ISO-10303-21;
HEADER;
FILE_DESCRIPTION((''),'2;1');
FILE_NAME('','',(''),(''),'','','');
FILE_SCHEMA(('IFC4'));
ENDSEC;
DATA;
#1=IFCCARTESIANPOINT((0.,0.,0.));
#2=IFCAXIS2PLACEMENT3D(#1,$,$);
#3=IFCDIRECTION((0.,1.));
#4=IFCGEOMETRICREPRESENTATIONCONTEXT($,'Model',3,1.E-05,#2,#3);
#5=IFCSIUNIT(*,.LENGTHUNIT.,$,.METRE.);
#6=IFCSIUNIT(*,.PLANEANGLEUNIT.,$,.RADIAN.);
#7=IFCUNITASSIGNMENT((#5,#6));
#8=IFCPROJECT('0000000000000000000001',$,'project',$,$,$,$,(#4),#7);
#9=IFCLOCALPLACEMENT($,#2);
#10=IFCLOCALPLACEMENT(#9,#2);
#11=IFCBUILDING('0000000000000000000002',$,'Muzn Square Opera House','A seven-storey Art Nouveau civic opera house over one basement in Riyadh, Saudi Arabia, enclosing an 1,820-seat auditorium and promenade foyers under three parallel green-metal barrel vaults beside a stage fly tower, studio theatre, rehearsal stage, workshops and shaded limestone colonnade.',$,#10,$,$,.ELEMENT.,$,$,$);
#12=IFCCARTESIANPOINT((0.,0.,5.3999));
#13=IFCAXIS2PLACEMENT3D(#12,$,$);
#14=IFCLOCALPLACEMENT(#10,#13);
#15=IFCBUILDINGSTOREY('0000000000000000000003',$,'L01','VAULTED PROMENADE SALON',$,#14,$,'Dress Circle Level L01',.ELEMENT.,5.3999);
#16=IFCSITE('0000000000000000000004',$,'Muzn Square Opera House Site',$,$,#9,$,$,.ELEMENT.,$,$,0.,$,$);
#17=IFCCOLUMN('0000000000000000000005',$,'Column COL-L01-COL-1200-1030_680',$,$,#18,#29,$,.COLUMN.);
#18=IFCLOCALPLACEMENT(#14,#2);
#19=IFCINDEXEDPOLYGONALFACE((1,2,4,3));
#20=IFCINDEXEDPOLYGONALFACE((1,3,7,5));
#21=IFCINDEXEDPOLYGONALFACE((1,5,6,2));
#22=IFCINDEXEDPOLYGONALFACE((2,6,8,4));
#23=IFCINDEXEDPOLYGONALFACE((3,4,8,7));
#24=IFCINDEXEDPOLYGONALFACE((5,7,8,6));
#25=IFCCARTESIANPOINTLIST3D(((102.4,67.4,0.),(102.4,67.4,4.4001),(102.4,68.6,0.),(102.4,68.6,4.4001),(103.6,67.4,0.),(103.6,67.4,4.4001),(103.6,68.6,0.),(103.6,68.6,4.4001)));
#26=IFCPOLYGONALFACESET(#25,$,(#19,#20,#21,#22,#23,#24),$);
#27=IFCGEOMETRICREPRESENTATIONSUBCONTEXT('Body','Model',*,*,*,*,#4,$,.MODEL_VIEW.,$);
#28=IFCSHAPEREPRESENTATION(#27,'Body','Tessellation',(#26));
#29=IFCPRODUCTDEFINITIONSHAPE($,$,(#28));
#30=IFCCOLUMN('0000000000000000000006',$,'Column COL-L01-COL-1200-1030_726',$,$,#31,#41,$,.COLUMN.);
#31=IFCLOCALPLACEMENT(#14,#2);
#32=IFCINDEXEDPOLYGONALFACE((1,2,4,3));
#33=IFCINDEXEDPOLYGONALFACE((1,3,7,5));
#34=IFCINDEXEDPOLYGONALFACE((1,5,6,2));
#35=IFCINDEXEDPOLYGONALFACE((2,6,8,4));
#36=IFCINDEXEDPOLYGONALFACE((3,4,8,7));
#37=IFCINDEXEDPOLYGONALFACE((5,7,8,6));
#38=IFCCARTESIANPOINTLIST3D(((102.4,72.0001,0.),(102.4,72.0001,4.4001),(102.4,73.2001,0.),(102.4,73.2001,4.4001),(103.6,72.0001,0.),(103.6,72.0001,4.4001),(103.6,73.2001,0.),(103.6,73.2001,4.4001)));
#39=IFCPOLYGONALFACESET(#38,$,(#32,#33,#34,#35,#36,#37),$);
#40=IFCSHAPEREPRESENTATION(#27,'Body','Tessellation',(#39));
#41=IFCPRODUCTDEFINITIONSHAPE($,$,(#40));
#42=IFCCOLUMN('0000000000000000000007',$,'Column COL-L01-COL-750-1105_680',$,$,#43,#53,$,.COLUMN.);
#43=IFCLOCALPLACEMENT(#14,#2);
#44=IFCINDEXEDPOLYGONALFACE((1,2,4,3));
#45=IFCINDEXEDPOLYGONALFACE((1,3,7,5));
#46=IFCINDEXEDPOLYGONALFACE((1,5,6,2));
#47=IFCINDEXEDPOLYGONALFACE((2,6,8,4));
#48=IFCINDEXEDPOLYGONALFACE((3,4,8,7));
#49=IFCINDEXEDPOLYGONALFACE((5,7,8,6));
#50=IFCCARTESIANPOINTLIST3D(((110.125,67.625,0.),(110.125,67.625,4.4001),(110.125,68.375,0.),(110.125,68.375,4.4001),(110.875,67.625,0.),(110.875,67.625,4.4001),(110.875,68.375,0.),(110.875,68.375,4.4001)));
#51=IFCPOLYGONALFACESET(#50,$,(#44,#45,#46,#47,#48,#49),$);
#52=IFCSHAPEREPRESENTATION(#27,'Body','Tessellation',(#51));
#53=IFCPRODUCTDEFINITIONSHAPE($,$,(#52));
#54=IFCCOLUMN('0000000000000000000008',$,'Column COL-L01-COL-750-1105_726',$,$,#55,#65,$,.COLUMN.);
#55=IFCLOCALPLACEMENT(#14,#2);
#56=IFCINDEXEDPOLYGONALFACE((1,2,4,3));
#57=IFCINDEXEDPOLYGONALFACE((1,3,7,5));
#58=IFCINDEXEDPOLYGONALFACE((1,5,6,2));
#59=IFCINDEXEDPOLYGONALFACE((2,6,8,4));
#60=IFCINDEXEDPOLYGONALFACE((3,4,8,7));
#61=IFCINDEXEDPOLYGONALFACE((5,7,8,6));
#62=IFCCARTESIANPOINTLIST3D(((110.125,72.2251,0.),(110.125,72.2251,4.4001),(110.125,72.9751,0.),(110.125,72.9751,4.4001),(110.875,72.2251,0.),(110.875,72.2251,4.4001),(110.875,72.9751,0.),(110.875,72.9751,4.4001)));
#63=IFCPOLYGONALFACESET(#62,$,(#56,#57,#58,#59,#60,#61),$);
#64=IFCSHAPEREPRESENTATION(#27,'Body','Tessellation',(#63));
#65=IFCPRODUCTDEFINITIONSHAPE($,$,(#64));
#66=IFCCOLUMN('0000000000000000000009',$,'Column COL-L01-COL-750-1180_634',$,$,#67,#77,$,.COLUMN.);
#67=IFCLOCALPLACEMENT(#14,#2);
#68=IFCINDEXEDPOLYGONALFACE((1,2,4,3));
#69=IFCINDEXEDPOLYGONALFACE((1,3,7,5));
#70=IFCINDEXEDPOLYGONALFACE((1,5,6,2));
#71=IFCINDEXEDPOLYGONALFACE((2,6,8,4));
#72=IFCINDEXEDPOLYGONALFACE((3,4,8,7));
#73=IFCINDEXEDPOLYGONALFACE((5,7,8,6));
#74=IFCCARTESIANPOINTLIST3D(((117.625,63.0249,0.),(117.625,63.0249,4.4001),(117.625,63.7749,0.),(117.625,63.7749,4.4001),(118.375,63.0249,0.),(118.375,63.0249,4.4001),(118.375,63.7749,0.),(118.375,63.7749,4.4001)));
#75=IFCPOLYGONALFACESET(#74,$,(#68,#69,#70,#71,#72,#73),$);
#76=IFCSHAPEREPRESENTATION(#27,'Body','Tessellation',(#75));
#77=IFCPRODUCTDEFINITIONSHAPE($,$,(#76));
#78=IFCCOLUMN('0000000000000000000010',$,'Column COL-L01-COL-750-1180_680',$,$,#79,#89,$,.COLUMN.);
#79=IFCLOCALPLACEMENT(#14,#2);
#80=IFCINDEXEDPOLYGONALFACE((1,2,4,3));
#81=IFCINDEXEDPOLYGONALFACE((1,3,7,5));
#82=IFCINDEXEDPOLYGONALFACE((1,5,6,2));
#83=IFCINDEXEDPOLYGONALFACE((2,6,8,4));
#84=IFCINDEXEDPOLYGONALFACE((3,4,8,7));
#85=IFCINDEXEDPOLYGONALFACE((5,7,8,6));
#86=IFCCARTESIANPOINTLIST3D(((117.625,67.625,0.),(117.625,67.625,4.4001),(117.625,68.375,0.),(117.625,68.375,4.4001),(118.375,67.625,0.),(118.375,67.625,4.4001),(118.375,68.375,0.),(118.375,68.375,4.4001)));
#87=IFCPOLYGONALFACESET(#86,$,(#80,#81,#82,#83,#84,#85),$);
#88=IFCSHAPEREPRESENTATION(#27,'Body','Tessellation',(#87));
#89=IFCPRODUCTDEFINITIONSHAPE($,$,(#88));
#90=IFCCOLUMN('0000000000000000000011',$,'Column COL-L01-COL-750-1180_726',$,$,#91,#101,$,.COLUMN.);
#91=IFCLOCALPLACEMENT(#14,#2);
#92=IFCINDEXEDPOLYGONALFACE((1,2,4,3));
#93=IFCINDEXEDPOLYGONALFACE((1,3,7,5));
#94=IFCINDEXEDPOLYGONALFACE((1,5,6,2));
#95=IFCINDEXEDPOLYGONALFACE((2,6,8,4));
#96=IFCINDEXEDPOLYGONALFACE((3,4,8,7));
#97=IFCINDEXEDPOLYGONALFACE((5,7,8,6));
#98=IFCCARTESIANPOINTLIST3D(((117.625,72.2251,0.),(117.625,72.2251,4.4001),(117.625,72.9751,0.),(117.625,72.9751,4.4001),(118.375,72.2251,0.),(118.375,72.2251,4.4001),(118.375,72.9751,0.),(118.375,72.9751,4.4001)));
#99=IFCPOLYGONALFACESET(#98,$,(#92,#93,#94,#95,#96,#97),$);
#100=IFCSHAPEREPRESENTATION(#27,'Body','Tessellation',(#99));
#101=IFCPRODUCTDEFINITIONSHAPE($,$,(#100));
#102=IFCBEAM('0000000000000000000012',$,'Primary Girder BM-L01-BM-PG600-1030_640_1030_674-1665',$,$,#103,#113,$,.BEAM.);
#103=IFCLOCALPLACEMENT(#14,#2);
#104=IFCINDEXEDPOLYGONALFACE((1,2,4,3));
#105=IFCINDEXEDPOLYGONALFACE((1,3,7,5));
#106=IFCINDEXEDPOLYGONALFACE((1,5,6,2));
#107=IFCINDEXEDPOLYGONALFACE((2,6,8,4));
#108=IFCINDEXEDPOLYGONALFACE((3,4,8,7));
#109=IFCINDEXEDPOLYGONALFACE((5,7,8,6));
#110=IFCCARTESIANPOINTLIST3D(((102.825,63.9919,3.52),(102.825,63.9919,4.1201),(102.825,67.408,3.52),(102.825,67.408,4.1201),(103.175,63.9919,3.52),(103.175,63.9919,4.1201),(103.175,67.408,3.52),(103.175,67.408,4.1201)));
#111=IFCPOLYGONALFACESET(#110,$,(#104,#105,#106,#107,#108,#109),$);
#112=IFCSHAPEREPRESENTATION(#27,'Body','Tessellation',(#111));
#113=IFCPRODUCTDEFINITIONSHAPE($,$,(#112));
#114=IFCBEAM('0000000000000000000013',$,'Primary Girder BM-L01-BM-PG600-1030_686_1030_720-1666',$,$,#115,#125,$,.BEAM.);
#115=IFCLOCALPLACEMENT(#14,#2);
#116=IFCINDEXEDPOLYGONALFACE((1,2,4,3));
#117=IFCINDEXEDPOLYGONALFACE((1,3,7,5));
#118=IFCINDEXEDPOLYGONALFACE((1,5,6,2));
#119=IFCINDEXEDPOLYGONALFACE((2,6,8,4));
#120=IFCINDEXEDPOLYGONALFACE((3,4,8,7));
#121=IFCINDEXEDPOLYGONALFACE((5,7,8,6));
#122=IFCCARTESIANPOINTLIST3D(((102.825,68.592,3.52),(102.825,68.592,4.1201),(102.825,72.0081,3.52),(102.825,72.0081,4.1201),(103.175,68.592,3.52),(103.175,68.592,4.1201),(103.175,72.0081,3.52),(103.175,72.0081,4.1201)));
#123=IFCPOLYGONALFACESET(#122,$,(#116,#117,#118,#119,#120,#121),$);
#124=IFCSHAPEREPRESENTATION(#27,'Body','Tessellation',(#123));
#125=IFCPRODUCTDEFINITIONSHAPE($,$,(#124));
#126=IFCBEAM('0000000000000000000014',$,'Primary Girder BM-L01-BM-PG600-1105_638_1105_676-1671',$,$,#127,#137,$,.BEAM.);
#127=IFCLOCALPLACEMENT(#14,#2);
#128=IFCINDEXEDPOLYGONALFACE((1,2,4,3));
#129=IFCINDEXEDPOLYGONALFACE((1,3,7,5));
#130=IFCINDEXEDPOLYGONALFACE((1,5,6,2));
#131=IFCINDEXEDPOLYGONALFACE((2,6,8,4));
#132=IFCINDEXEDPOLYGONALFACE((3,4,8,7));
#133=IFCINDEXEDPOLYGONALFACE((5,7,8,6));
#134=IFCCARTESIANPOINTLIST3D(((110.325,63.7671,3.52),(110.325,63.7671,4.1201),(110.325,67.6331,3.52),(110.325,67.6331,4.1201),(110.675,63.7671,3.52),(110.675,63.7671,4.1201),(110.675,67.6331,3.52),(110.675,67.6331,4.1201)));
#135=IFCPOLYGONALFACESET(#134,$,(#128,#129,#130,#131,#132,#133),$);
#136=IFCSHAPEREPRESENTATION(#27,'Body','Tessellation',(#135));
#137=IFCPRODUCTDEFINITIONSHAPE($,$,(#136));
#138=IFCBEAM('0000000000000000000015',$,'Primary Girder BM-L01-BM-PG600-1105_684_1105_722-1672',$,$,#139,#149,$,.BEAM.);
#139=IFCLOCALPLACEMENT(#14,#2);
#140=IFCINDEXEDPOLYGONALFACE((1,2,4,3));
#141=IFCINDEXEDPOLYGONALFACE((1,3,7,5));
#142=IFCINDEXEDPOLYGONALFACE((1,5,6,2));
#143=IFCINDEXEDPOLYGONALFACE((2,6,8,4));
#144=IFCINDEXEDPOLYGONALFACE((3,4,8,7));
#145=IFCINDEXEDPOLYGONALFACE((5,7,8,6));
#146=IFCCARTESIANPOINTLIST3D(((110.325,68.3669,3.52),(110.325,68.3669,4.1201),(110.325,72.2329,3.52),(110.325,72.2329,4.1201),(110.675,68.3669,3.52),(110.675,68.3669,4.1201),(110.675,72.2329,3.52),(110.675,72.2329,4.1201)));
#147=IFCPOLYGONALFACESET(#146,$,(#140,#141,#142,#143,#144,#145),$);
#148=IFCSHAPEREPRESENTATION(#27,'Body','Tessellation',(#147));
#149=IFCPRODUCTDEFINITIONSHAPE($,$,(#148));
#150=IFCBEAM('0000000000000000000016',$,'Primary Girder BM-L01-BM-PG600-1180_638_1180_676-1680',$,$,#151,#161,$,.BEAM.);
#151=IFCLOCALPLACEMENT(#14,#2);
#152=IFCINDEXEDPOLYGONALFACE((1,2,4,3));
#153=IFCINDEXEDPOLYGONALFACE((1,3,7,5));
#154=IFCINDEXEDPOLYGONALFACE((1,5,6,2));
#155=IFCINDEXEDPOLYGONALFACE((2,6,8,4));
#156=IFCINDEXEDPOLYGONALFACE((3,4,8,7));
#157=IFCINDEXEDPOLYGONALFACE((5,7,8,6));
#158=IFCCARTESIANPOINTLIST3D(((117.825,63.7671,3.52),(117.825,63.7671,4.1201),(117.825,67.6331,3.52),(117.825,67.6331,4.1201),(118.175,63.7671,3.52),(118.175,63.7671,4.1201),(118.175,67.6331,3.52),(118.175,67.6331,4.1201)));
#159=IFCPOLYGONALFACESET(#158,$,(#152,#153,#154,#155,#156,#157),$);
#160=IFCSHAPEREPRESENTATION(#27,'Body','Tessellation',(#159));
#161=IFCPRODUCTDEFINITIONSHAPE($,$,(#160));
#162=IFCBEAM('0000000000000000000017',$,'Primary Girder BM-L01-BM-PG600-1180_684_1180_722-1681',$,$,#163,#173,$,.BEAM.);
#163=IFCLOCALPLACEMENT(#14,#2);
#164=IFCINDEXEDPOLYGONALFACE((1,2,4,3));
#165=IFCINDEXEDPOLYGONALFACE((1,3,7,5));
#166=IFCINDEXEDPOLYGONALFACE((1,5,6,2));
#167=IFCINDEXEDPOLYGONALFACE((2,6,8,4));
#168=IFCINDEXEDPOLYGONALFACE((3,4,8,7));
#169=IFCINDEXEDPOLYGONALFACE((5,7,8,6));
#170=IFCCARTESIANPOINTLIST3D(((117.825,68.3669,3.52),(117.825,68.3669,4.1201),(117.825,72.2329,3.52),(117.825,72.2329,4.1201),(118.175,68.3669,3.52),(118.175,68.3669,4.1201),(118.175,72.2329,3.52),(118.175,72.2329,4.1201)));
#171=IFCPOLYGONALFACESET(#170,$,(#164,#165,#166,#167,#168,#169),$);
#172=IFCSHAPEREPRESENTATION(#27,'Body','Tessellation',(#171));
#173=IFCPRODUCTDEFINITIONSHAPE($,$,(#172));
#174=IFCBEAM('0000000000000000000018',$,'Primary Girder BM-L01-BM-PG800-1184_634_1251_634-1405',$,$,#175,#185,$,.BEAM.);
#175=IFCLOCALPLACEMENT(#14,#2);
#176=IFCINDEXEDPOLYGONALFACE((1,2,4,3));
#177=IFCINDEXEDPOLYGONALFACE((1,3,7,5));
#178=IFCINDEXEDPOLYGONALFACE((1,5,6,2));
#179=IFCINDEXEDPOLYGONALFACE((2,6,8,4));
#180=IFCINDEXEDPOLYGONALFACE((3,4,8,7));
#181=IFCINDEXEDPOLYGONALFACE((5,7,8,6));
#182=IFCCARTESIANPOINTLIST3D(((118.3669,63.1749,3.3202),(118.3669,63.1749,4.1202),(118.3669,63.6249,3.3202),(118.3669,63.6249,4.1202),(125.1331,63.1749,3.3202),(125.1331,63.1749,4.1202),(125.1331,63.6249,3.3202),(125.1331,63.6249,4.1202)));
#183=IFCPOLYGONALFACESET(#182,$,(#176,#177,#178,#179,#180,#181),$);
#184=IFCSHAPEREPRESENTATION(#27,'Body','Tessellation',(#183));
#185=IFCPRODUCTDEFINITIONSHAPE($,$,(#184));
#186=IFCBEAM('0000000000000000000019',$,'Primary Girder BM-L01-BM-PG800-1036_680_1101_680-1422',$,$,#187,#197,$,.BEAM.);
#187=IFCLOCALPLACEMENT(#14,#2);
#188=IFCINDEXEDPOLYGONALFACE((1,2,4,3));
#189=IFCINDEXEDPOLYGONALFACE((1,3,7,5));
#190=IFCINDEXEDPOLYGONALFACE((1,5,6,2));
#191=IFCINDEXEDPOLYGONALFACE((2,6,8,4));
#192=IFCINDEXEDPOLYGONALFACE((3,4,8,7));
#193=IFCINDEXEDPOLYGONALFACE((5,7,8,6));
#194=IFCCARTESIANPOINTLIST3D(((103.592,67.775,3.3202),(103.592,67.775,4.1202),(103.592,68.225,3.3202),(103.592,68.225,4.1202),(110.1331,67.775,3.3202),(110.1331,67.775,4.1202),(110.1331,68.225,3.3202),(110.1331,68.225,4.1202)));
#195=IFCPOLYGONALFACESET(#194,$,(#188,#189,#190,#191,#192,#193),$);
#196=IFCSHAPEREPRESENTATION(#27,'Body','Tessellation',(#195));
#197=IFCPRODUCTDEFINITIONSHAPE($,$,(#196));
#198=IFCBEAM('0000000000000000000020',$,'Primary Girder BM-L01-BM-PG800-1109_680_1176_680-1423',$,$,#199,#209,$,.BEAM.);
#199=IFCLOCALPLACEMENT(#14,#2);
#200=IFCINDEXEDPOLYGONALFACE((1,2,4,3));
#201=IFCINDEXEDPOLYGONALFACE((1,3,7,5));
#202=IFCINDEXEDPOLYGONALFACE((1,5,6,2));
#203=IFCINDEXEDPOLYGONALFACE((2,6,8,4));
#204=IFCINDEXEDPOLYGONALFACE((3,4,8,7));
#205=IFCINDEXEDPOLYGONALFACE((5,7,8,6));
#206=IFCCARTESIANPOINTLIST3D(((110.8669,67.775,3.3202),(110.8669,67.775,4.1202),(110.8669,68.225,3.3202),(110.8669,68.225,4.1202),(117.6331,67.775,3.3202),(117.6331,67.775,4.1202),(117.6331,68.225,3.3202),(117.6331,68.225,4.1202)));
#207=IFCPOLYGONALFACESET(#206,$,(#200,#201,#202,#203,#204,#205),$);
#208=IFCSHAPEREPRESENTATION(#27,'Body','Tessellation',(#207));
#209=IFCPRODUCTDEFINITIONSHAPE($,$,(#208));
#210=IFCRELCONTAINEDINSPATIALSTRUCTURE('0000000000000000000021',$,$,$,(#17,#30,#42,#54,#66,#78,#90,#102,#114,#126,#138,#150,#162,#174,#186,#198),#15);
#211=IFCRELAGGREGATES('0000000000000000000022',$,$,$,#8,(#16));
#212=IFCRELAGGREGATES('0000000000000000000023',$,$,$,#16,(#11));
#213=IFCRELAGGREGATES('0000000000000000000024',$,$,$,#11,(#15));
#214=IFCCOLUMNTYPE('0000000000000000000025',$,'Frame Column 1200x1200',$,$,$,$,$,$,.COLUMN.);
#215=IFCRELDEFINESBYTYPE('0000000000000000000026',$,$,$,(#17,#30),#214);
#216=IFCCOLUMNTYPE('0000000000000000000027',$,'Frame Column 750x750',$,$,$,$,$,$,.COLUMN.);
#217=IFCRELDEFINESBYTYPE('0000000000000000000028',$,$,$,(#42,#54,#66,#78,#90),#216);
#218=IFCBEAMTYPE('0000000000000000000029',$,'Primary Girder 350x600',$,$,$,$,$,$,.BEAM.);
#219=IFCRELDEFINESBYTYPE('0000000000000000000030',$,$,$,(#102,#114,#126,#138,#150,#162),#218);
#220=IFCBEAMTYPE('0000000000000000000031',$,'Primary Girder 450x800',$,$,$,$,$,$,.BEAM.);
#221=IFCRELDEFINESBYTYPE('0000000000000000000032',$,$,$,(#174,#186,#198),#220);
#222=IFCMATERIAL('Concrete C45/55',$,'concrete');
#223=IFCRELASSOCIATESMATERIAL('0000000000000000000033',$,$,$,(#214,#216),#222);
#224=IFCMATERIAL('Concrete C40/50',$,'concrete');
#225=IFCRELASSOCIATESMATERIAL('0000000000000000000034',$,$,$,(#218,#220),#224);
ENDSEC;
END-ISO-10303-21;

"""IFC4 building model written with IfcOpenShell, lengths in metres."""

from ifc_helpers import new_model, si_unit, direction, frame, origin, origin_2d, place, context, subcontext, project, spatial, rectangle, extrude, material, material_profile, profile_set, type_object, element, save


model = new_model("IFC4")

# Units and contexts
model_context = context("Model", 3, precision=1e-05, world=origin(), true_north=direction((0.0, 1.0)))
body_context = subcontext(model_context, "Body", "Model", "MODEL_VIEW")
ifc_project = project(units=[si_unit("LENGTHUNIT", "METRE"), si_unit("PLANEANGLEUNIT", "RADIAN")], contexts=[model_context])

# Site, building, storey
site_placement = place(None, origin())
site = spatial("IfcSite", under=ifc_project, at=site_placement, Name="Muzn Square Opera House Site", CompositionType="ELEMENT", RefElevation=0.0)
building_placement = place(site_placement, origin())
building = spatial("IfcBuilding", under=site, at=building_placement, Name="Muzn Square Opera House", Description="A seven-storey Art Nouveau civic opera house over one basement in Riyadh, Saudi Arabia, enclosing an 1,820-seat auditorium and promenade foyers under three parallel green-metal barrel vaults beside a stage fly tower, studio theatre, rehearsal stage, workshops and shaded limestone colonnade.", CompositionType="ELEMENT")
storey_placement = place(building_placement, frame((0.0, 0.0, 5.3999)))
storey = spatial("IfcBuildingStorey", under=building, at=storey_placement, Name="L01", Description="VAULTED PROMENADE SALON", LongName="Dress Circle Level L01", CompositionType="ELEMENT", Elevation=5.3999)

# Columns
ifc_material_1 = material(Name="Concrete C45/55", Category="concrete")
ifc_material_profile_1 = material_profile(ifc_material_1, rectangle(XDim=1.2, YDim=1.2, at=origin_2d()), Name="RC 1200x1200", Category="concrete")
ifc_profile_set_1 = profile_set([ifc_material_profile_1], Name="Concrete C45/55")
column_type_1 = type_object("IfcColumnType", Name="Frame Column 1200x1200", PredefinedType="COLUMN", material=ifc_profile_set_1)
for number, where, z_axis, x_axis, name in (
    (1, (103.0, 68.0, 0.0), (0.0, 0.0, 1.0), (1.0, 0.0, 0.0), "Column COL-L01-COL-1200-1030_680"),
    (2, (103.0, 72.6001, 0.0), (0.0, 0.0, 1.0), (1.0, 0.0, 0.0), "Column COL-L01-COL-1200-1030_726"),
):
    element("IfcColumn", number, at=place(storey_placement, frame(where, z_axis=z_axis, x_axis=x_axis)), inside=storey, type_object=column_type_1, Name=name, PredefinedType="COLUMN", context=body_context, shape_type="SweptSolid", body=[
        extrude(rectangle(XDim=1.2, YDim=1.2, at=origin_2d()), origin(), (0.0, 0.0, 1.0), 4.4001),
    ])
ifc_material_profile_2 = material_profile(ifc_material_1, rectangle(XDim=0.75, YDim=0.75, at=origin_2d()), Name="RC 750x750", Category="concrete")
ifc_profile_set_2 = profile_set([ifc_material_profile_2], Name="Concrete C45/55")
column_type_2 = type_object("IfcColumnType", Name="Frame Column 750x750", PredefinedType="COLUMN", material=ifc_profile_set_2)
for number, where, z_axis, x_axis, name in (
    (3, (110.5, 68.0, 0.0), (0.0, 0.0, 1.0), (1.0, 0.0, 0.0), "Column COL-L01-COL-750-1105_680"),
    (4, (110.5, 72.6001, 0.0), (0.0, 0.0, 1.0), (1.0, 0.0, 0.0), "Column COL-L01-COL-750-1105_726"),
    (5, (118.0, 63.3999, 0.0), (0.0, 0.0, 1.0), (1.0, 0.0, 0.0), "Column COL-L01-COL-750-1180_634"),
    (6, (118.0, 68.0, 0.0), (0.0, 0.0, 1.0), (1.0, 0.0, 0.0), "Column COL-L01-COL-750-1180_680"),
    (7, (118.0, 72.6001, 0.0), (0.0, 0.0, 1.0), (1.0, 0.0, 0.0), "Column COL-L01-COL-750-1180_726"),
):
    element("IfcColumn", number, at=place(storey_placement, frame(where, z_axis=z_axis, x_axis=x_axis)), inside=storey, type_object=column_type_2, Name=name, PredefinedType="COLUMN", context=body_context, shape_type="SweptSolid", body=[
        extrude(rectangle(XDim=0.75, YDim=0.75, at=origin_2d()), origin(), (0.0, 0.0, 1.0), 4.4001),
    ])

# Beams
ifc_material_2 = material(Name="Concrete C40/50", Category="concrete")
ifc_material_profile_3 = material_profile(ifc_material_2, rectangle(XDim=0.3501, YDim=0.6001, at=origin_2d()), Name="RCB 350x600", Category="concrete")
ifc_profile_set_3 = profile_set([ifc_material_profile_3], Name="Concrete C40/50")
beam_type_1 = type_object("IfcBeamType", Name="Primary Girder 350x600", PredefinedType="BEAM", material=ifc_profile_set_3)
for number, where, z_axis, x_axis, name in (
    (8, (103.0, 63.9919, 3.8201), (0.0, 1.0, 0.0), (-1.0, 0.0, 0.0), "Primary Girder BM-L01-BM-PG600-1030_640_1030_674-1665"),
    (9, (103.0, 68.592, 3.8201), (0.0, 1.0, 0.0), (-1.0, 0.0, 0.0), "Primary Girder BM-L01-BM-PG600-1030_686_1030_720-1666"),
):
    element("IfcBeam", number, at=place(storey_placement, frame(where, z_axis=z_axis, x_axis=x_axis)), inside=storey, type_object=beam_type_1, Name=name, PredefinedType="BEAM", context=body_context, shape_type="SweptSolid", body=[
        extrude(rectangle(XDim=0.3501, YDim=0.6001, at=origin_2d()), origin(), (0.0, 0.0, 1.0), 3.416),
    ])
for number, where, z_axis, x_axis, name in (
    (10, (110.5, 63.7671, 3.8201), (0.0, 1.0, 0.0), (-1.0, 0.0, 0.0), "Primary Girder BM-L01-BM-PG600-1105_638_1105_676-1671"),
    (11, (110.5, 68.3669, 3.8201), (0.0, 1.0, 0.0), (-1.0, 0.0, 0.0), "Primary Girder BM-L01-BM-PG600-1105_684_1105_722-1672"),
    (12, (118.0, 63.7671, 3.8201), (0.0, 1.0, 0.0), (-1.0, 0.0, 0.0), "Primary Girder BM-L01-BM-PG600-1180_638_1180_676-1680"),
    (13, (118.0, 68.3669, 3.8201), (0.0, 1.0, 0.0), (-1.0, 0.0, 0.0), "Primary Girder BM-L01-BM-PG600-1180_684_1180_722-1681"),
):
    element("IfcBeam", number, at=place(storey_placement, frame(where, z_axis=z_axis, x_axis=x_axis)), inside=storey, type_object=beam_type_1, Name=name, PredefinedType="BEAM", context=body_context, shape_type="SweptSolid", body=[
        extrude(rectangle(XDim=0.3501, YDim=0.6001, at=origin_2d()), origin(), (0.0, 0.0, 1.0), 3.866),
    ])
ifc_material_profile_4 = material_profile(ifc_material_2, rectangle(XDim=0.45, YDim=0.8, at=origin_2d()), Name="RCB 450x800", Category="concrete")
ifc_profile_set_4 = profile_set([ifc_material_profile_4], Name="Concrete C40/50")
beam_type_2 = type_object("IfcBeamType", Name="Primary Girder 450x800", PredefinedType="BEAM", material=ifc_profile_set_4)
beam_1_placement = place(storey_placement, frame((118.3669, 63.3999, 3.7202), z_axis=(1.0, 0.0, 0.0), x_axis=(0.0, 1.0, 0.0)))
element("IfcBeam", 14, at=beam_1_placement, inside=storey, type_object=beam_type_2, Name="Primary Girder BM-L01-BM-PG800-1184_634_1251_634-1405", PredefinedType="BEAM", context=body_context, shape_type="SweptSolid", body=[
    extrude(rectangle(XDim=0.45, YDim=0.8, at=origin_2d()), origin(), (0.0, 0.0, 1.0), 6.7661),
])
beam_2_placement = place(storey_placement, frame((103.592, 68.0, 3.7202), z_axis=(1.0, 0.0, 0.0), x_axis=(0.0, 1.0, 0.0)))
element("IfcBeam", 15, at=beam_2_placement, inside=storey, type_object=beam_type_2, Name="Primary Girder BM-L01-BM-PG800-1036_680_1101_680-1422", PredefinedType="BEAM", context=body_context, shape_type="SweptSolid", body=[
    extrude(rectangle(XDim=0.45, YDim=0.8, at=origin_2d()), origin(), (0.0, 0.0, 1.0), 6.541),
])
beam_3_placement = place(storey_placement, frame((110.8669, 68.0, 3.7202), z_axis=(1.0, 0.0, 0.0), x_axis=(0.0, 1.0, 0.0)))
element("IfcBeam", 16, at=beam_3_placement, inside=storey, type_object=beam_type_2, Name="Primary Girder BM-L01-BM-PG800-1109_680_1176_680-1423", PredefinedType="BEAM", context=body_context, shape_type="SweptSolid", body=[
    extrude(rectangle(XDim=0.45, YDim=0.8, at=origin_2d()), origin(), (0.0, 0.0, 1.0), 6.7661),
])

save(model, "model.ifc")
